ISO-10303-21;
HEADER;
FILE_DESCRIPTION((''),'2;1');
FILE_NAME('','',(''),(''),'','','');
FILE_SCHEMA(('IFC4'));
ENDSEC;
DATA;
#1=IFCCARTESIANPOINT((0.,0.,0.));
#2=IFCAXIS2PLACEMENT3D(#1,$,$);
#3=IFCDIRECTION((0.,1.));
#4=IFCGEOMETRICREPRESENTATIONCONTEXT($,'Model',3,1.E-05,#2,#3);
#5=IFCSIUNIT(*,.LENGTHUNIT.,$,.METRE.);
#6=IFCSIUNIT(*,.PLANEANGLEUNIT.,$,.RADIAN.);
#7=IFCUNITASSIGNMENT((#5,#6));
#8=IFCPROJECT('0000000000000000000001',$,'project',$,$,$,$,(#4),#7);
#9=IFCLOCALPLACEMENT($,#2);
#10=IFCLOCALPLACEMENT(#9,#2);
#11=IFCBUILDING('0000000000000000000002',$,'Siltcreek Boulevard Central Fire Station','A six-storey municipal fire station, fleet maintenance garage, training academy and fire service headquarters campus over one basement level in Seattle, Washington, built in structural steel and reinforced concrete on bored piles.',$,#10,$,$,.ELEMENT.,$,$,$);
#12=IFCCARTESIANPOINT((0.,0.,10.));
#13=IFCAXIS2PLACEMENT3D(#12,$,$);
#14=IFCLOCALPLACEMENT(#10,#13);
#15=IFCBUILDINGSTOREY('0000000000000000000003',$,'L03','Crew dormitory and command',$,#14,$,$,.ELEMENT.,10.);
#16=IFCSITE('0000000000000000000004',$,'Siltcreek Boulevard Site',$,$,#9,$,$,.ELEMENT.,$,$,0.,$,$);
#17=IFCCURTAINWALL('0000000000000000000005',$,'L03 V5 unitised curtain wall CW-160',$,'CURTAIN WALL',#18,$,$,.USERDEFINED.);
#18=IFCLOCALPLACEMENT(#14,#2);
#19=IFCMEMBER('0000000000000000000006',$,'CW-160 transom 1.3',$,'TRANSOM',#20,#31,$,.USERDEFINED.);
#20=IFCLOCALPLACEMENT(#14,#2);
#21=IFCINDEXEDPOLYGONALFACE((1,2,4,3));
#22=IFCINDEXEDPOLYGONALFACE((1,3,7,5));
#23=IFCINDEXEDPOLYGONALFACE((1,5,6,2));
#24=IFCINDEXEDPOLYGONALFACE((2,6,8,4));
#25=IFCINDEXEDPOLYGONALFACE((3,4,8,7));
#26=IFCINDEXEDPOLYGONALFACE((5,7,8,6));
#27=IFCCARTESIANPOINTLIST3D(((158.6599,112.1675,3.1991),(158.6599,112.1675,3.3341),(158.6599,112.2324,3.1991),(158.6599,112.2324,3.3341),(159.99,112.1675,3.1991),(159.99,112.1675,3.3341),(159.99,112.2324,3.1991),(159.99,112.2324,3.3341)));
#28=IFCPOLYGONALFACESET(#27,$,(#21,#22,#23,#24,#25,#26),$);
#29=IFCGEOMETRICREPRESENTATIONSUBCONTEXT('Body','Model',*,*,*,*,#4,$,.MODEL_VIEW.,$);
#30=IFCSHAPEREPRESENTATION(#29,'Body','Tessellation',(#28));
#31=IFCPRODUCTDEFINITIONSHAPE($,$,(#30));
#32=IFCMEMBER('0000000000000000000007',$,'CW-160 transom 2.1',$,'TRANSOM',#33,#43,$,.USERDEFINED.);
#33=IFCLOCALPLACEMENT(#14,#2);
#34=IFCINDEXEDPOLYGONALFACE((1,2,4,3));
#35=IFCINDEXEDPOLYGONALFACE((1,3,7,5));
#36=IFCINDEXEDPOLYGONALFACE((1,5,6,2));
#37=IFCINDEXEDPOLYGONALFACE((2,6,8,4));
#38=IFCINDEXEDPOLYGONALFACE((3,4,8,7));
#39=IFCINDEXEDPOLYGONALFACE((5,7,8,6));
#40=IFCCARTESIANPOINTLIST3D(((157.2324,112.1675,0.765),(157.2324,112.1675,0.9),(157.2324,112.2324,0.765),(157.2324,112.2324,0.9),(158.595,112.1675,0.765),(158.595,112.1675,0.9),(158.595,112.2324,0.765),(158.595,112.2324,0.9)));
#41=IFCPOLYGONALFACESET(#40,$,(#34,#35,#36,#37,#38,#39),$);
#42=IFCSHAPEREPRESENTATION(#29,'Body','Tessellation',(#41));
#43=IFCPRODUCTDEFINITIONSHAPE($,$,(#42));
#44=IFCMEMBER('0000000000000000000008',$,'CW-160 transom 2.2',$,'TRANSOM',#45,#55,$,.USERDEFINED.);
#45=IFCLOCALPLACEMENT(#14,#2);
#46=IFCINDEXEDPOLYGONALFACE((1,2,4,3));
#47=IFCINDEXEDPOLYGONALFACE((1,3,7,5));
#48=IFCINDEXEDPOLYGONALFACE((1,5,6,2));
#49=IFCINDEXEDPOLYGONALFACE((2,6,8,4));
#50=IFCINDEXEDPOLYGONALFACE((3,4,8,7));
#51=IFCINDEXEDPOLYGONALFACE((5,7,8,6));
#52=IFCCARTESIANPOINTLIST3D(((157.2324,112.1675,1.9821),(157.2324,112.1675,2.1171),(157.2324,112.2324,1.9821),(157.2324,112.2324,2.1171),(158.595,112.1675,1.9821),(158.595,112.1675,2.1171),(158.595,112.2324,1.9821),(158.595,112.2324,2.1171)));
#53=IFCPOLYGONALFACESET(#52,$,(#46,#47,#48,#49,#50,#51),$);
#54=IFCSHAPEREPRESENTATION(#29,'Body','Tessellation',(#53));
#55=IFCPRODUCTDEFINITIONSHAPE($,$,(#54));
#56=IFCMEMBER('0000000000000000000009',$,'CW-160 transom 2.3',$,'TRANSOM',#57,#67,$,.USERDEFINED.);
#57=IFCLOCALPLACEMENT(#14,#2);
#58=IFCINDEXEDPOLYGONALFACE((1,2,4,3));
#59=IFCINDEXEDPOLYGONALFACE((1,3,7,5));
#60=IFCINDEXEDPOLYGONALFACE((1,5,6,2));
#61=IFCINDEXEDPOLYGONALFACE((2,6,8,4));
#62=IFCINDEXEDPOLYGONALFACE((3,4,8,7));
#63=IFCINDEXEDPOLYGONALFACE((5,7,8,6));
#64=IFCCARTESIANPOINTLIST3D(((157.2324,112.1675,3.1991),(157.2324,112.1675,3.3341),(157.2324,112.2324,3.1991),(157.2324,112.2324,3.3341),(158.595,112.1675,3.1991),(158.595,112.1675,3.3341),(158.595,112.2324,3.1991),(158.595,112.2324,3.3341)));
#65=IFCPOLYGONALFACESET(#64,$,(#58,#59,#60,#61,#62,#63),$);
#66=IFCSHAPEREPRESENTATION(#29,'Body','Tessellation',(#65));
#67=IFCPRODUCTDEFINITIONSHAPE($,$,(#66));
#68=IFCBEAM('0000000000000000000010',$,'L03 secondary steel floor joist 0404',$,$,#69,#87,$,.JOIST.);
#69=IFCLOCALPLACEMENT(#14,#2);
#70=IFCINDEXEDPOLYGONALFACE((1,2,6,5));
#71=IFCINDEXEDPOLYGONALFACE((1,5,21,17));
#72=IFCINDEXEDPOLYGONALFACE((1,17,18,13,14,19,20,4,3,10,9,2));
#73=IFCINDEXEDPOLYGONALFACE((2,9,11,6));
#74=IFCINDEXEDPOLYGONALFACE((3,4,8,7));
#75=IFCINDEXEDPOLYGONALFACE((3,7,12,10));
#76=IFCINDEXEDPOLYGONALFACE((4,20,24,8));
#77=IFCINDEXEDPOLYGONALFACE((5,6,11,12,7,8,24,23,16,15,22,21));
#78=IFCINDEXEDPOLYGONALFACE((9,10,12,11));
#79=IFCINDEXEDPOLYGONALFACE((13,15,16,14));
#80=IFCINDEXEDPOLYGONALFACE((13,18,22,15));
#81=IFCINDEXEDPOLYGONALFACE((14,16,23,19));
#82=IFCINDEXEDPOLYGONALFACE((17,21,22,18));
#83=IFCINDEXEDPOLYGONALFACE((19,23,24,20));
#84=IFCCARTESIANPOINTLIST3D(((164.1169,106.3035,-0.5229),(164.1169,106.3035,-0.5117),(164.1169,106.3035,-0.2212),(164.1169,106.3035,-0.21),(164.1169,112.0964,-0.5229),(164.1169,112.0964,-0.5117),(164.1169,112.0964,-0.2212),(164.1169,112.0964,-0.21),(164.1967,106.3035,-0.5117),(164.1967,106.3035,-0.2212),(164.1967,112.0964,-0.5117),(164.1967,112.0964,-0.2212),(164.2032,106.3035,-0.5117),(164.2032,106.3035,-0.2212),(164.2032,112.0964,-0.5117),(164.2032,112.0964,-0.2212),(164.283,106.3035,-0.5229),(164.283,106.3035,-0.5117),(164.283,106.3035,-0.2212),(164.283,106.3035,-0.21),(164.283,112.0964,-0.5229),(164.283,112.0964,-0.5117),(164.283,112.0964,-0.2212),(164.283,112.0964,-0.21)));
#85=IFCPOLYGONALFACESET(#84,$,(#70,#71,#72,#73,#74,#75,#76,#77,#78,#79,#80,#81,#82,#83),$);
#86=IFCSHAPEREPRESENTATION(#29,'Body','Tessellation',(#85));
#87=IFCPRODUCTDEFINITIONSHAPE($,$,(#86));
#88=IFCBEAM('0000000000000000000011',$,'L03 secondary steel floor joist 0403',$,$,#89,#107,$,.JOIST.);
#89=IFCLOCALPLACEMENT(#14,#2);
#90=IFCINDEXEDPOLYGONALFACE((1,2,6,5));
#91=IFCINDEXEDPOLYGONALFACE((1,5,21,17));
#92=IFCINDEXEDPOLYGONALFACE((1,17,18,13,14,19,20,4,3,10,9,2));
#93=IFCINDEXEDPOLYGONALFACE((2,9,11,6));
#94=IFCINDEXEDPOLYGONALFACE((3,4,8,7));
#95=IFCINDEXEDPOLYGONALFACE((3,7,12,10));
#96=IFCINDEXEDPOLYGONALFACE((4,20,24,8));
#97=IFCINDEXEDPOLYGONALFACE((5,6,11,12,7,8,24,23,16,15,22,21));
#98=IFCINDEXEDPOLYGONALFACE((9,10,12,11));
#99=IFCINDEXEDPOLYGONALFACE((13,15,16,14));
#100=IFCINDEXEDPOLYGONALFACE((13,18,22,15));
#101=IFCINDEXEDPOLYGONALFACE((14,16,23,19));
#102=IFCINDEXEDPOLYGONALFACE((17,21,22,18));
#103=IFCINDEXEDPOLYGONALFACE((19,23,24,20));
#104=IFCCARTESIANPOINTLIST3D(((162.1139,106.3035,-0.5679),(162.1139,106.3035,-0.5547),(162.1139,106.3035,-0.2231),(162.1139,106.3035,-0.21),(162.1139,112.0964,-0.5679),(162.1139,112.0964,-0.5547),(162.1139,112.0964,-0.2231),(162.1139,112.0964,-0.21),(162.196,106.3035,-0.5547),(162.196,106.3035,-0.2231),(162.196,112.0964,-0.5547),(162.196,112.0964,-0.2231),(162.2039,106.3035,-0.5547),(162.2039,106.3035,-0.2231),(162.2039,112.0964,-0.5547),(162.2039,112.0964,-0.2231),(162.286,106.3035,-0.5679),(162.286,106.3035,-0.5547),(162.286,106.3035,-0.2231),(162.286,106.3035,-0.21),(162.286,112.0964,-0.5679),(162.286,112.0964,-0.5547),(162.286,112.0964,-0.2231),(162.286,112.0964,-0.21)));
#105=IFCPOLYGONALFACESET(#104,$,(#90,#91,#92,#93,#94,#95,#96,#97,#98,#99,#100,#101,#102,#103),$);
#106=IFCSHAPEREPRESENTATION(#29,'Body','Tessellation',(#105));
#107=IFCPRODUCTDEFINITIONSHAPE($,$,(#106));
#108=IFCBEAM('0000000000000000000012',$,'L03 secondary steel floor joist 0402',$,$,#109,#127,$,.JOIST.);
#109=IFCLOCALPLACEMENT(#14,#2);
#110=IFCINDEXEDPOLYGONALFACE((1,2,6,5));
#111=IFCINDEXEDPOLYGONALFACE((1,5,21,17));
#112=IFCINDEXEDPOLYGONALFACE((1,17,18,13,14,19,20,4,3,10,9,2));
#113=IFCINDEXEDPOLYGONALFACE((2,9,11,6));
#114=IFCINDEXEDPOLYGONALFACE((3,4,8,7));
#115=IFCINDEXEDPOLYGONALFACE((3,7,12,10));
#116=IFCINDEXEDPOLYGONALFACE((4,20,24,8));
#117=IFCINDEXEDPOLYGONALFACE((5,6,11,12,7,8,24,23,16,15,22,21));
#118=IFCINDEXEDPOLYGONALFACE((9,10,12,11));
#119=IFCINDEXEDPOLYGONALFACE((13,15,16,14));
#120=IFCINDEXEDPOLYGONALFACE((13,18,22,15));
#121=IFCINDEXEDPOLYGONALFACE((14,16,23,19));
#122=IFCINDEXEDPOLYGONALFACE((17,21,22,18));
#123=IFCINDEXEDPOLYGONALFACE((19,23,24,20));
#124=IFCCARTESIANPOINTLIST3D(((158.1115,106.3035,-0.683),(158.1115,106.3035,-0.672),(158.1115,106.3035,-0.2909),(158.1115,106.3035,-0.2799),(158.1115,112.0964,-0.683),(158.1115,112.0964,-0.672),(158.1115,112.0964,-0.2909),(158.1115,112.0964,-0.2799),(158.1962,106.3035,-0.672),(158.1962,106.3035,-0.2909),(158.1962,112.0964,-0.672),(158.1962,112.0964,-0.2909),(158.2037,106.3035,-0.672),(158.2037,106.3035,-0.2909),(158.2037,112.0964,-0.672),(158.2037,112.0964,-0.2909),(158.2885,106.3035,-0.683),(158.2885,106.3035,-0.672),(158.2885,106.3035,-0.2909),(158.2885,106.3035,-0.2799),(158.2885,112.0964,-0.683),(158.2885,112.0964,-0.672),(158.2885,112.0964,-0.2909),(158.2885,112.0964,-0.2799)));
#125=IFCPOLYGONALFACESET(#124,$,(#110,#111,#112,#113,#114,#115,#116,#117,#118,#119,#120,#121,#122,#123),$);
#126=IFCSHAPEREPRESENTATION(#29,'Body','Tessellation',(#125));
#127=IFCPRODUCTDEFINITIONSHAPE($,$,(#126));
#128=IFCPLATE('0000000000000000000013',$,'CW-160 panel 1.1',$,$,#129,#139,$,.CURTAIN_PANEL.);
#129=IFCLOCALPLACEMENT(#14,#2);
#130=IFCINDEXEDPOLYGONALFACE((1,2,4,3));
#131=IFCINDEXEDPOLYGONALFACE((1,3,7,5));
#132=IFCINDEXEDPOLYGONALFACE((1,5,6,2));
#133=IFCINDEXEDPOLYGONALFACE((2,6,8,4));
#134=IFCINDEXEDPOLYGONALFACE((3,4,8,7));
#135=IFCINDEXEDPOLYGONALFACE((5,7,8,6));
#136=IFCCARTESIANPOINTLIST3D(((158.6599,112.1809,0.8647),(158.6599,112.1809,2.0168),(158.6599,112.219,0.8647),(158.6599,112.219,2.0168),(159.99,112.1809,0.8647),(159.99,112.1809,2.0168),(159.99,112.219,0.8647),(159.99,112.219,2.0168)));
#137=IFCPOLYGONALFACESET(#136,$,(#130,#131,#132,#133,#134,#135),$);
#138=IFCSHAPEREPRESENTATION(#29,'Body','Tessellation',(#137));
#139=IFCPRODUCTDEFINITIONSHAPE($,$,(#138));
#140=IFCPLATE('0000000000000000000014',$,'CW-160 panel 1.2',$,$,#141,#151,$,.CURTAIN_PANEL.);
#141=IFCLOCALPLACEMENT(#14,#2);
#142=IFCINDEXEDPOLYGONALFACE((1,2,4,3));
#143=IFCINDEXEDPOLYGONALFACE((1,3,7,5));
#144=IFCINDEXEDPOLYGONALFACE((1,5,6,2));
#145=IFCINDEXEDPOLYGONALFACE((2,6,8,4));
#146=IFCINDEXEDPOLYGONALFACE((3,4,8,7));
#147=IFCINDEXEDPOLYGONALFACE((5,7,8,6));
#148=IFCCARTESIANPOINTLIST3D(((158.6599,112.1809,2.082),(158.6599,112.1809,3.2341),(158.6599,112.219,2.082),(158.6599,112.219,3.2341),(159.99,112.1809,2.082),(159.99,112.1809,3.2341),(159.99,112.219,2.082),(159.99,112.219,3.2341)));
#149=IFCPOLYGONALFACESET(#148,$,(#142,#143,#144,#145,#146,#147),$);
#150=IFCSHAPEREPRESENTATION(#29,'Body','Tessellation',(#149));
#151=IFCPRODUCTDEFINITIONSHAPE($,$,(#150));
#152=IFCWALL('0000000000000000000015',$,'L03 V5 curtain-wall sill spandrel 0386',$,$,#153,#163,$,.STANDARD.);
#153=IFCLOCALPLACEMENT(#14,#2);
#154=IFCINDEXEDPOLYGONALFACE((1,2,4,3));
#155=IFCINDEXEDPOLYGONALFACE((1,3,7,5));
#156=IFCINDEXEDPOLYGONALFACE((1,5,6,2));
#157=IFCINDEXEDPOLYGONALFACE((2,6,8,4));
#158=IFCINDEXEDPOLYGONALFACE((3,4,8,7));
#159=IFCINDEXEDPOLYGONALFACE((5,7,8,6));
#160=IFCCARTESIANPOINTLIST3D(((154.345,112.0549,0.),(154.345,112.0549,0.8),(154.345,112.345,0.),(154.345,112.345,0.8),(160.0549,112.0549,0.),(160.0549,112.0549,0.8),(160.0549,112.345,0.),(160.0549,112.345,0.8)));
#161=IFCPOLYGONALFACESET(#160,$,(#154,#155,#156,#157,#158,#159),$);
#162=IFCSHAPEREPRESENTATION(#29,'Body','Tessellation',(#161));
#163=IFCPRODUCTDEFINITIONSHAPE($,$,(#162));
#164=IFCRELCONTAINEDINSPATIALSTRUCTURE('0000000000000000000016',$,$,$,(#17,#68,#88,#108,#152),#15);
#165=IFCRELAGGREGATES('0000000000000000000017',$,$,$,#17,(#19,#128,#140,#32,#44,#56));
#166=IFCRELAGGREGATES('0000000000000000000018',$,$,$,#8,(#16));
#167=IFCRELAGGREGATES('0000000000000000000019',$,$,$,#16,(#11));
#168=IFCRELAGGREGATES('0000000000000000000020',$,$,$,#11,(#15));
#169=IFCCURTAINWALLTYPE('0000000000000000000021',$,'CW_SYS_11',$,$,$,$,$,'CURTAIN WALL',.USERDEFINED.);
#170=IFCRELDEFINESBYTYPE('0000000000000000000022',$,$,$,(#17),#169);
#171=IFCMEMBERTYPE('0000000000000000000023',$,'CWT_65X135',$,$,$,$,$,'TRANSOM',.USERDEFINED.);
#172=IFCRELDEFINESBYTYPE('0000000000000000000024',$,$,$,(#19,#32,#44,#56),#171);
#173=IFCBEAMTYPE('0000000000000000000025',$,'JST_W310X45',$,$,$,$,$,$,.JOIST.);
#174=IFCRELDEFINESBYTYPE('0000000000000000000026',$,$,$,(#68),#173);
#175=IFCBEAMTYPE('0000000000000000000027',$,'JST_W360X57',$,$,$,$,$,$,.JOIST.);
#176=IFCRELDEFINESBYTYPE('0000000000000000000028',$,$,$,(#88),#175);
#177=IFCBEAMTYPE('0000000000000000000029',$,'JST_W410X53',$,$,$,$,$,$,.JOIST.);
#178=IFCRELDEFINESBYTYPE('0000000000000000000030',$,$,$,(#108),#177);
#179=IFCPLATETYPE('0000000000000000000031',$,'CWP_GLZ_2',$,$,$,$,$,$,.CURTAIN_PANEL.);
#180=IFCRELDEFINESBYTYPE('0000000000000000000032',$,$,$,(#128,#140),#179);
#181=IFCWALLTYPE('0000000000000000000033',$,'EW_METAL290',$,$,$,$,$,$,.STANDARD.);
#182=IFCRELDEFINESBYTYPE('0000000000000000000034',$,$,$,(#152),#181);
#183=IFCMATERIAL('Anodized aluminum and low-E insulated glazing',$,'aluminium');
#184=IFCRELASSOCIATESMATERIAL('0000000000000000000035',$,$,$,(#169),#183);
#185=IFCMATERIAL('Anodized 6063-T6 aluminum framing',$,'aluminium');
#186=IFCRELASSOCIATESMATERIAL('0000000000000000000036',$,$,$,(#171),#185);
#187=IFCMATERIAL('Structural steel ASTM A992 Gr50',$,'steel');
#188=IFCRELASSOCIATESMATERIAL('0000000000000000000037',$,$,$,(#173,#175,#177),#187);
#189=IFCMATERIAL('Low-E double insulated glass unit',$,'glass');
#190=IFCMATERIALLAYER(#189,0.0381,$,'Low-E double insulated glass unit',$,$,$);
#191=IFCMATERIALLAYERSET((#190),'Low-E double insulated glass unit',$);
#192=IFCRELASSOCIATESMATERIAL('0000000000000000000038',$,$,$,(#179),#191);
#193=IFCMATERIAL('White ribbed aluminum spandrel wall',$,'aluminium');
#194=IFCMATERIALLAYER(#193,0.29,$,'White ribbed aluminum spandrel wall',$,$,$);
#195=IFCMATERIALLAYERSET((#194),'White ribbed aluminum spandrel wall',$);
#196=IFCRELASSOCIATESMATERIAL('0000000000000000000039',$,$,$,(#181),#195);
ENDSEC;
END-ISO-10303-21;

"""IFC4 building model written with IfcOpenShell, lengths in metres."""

from ifc_helpers import new_model, si_unit, direction, frame, frame_2d, origin, origin_2d, place, context, subcontext, project, spatial, rectangle, i_section, extrude, material, layer, layer_set, material_profile, profile_set, type_object, element, aggregate, save


model = new_model("IFC4")

# Units and contexts
model_context = context("Model", 3, precision=1e-05, world=origin(), true_north=direction((0.0, 1.0)))
body_context = subcontext(model_context, "Body", "Model", "MODEL_VIEW")
ifc_project = project(units=[si_unit("LENGTHUNIT", "METRE"), si_unit("PLANEANGLEUNIT", "RADIAN")], contexts=[model_context])

# Site, building, storey
site_placement = place(None, origin())
site = spatial("IfcSite", under=ifc_project, at=site_placement, Name="Siltcreek Boulevard Site", CompositionType="ELEMENT", RefElevation=0.0)
building_placement = place(site_placement, origin())
building = spatial("IfcBuilding", under=site, at=building_placement, Name="Siltcreek Boulevard Central Fire Station", Description="A six-storey municipal fire station, fleet maintenance garage, training academy and fire service headquarters campus over one basement level in Seattle, Washington, built in structural steel and reinforced concrete on bored piles.", CompositionType="ELEMENT")
storey_placement = place(building_placement, frame((0.0, 0.0, 10.0)))
storey = spatial("IfcBuildingStorey", under=building, at=storey_placement, Name="L03", Description="Crew dormitory and command", CompositionType="ELEMENT", Elevation=10.0)

# Shared definitions
ifc_material_1 = material(Name="Structural steel ASTM A992 Gr50", Category="steel")

# Curtain wall, members
ifc_material_2 = material(Name="Anodized aluminum and low-E insulated glazing", Category="aluminium")
curtain_wall_type = type_object("IfcCurtainWallType", Name="CW_SYS_11", ElementType="CURTAIN WALL", PredefinedType="USERDEFINED", material=ifc_material_2)
curtain_wall_placement = place(storey_placement, origin())
curtain_wall = element("IfcCurtainWall", 1, at=curtain_wall_placement, inside=storey, type_object=curtain_wall_type, Name="L03 V5 unitised curtain wall CW-160", ObjectType="CURTAIN WALL", PredefinedType="USERDEFINED")
ifc_material_3 = material(Name="Anodized 6063-T6 aluminum framing", Category="aluminium")
ifc_material_profile_1 = material_profile(ifc_material_3, rectangle(XDim=0.0649, YDim=0.135, at=origin_2d()), Name="TRAN65X135")
ifc_profile_set_1 = profile_set([ifc_material_profile_1], Name="Anodized 6063-T6 aluminum framing")
member_type_1 = type_object("IfcMemberType", Name="CWT_65X135", ElementType="TRANSOM", PredefinedType="USERDEFINED", material=ifc_profile_set_1)
member_1_placement = place(storey_placement, frame((159.99, 112.2, 3.2666), z_axis=(-1.0, 0.0, 0.0), x_axis=(0.0, -1.0, 0.0)))
member_1 = element("IfcMember", 2, at=member_1_placement, type_object=member_type_1, Name="CW-160 transom 1.3", ObjectType="TRANSOM", PredefinedType="USERDEFINED", context=body_context, shape_type="SweptSolid", body=[
    extrude(rectangle(XDim=0.0649, YDim=0.135, at=origin_2d()), origin(), (0.0, 0.0, 1.0), 1.3301),
])
member_2_placement = place(storey_placement, frame((158.595, 112.2, 0.8325), z_axis=(-1.0, 0.0, 0.0), x_axis=(0.0, -1.0, 0.0)))
member_2 = element("IfcMember", 3, at=member_2_placement, type_object=member_type_1, Name="CW-160 transom 2.1", ObjectType="TRANSOM", PredefinedType="USERDEFINED", context=body_context, shape_type="SweptSolid", body=[
    extrude(rectangle(XDim=0.0649, YDim=0.135, at=origin_2d()), origin(), (0.0, 0.0, 1.0), 1.3625),
])
member_3_placement = place(storey_placement, frame((158.595, 112.2, 2.0496), z_axis=(-1.0, 0.0, 0.0), x_axis=(0.0, -1.0, 0.0)))
member_3 = element("IfcMember", 4, at=member_3_placement, type_object=member_type_1, Name="CW-160 transom 2.2", ObjectType="TRANSOM", PredefinedType="USERDEFINED", context=body_context, shape_type="SweptSolid", body=[
    extrude(rectangle(XDim=0.0649, YDim=0.135, at=origin_2d()), origin(), (0.0, 0.0, 1.0), 1.3625),
])
member_4_placement = place(storey_placement, frame((158.595, 112.2, 3.2666), z_axis=(-1.0, 0.0, 0.0), x_axis=(0.0, -1.0, 0.0)))
member_4 = element("IfcMember", 5, at=member_4_placement, type_object=member_type_1, Name="CW-160 transom 2.3", ObjectType="TRANSOM", PredefinedType="USERDEFINED", context=body_context, shape_type="SweptSolid", body=[
    extrude(rectangle(XDim=0.0649, YDim=0.135, at=origin_2d()), origin(), (0.0, 0.0, 1.0), 1.3625),
])

# Beams
ifc_material_profile_2 = material_profile(ifc_material_1, i_section(OverallWidth=0.166, OverallDepth=0.313, WebThickness=0.0066, FlangeThickness=0.0112, at=origin_2d()), Name="W310X45")
ifc_profile_set_2 = profile_set([ifc_material_profile_2], Name="Structural steel ASTM A992 Gr50")
beam_type_1 = type_object("IfcBeamType", Name="JST_W310X45", PredefinedType="JOIST", material=ifc_profile_set_2)
beam_1_placement = place(storey_placement, frame((164.2, 106.3035, -0.3665), z_axis=(0.0, 1.0, 0.0), x_axis=(-1.0, 0.0, 0.0)))
element("IfcBeam", 6, at=beam_1_placement, inside=storey, type_object=beam_type_1, Name="L03 secondary steel floor joist 0404", PredefinedType="JOIST", context=body_context, shape_type="SweptSolid", body=[
    extrude(i_section(OverallWidth=0.166, OverallDepth=0.313, WebThickness=0.0066, FlangeThickness=0.0112, at=origin_2d()), origin(), (0.0, 0.0, 1.0), 5.793),
])
ifc_material_profile_3 = material_profile(ifc_material_1, i_section(OverallWidth=0.1721, OverallDepth=0.3579, WebThickness=0.0078, FlangeThickness=0.0132, at=origin_2d()), Name="W360X57")
ifc_profile_set_3 = profile_set([ifc_material_profile_3], Name="Structural steel ASTM A992 Gr50")
beam_type_2 = type_object("IfcBeamType", Name="JST_W360X57", PredefinedType="JOIST", material=ifc_profile_set_3)
beam_2_placement = place(storey_placement, frame((162.2, 106.3035, -0.3889), z_axis=(0.0, 1.0, 0.0), x_axis=(-1.0, 0.0, 0.0)))
element("IfcBeam", 7, at=beam_2_placement, inside=storey, type_object=beam_type_2, Name="L03 secondary steel floor joist 0403", PredefinedType="JOIST", context=body_context, shape_type="SweptSolid", body=[
    extrude(i_section(OverallWidth=0.1721, OverallDepth=0.3579, WebThickness=0.0078, FlangeThickness=0.0132, at=origin_2d()), origin(), (0.0, 0.0, 1.0), 5.793),
])
ifc_material_profile_4 = material_profile(ifc_material_1, i_section(OverallWidth=0.177, OverallDepth=0.4031, WebThickness=0.0076, FlangeThickness=0.011, at=origin_2d()), Name="W410X53")
ifc_profile_set_4 = profile_set([ifc_material_profile_4], Name="Structural steel ASTM A992 Gr50")
beam_type_3 = type_object("IfcBeamType", Name="JST_W410X53", PredefinedType="JOIST", material=ifc_profile_set_4)
beam_3_placement = place(storey_placement, frame((158.2, 106.3035, -0.4814), z_axis=(0.0, 1.0, 0.0), x_axis=(-1.0, 0.0, 0.0)))
element("IfcBeam", 8, at=beam_3_placement, inside=storey, type_object=beam_type_3, Name="L03 secondary steel floor joist 0402", PredefinedType="JOIST", context=body_context, shape_type="SweptSolid", body=[
    extrude(i_section(OverallWidth=0.177, OverallDepth=0.4031, WebThickness=0.0076, FlangeThickness=0.011, at=origin_2d()), origin(), (0.0, 0.0, 1.0), 5.793),
])

# Plates
ifc_material_4 = material(Name="Low-E double insulated glass unit", Category="glass")
ifc_layer_1 = layer(ifc_material_4, 0.0381, Name="Low-E double insulated glass unit")
ifc_layer_set_1 = layer_set([ifc_layer_1], Name="Low-E double insulated glass unit")
plate_type = type_object("IfcPlateType", Name="CWP_GLZ_2", PredefinedType="CURTAIN_PANEL", material=ifc_layer_set_1)
plate_1_placement = place(storey_placement, frame((159.325, 112.2, 0.8647), z_axis=(0.0, 0.0, 1.0), x_axis=(-1.0, 0.0, 0.0)))
plate_1 = element("IfcPlate", 9, at=plate_1_placement, type_object=plate_type, Name="CW-160 panel 1.1", PredefinedType="CURTAIN_PANEL", context=body_context, shape_type="SweptSolid", body=[
    extrude(rectangle(XDim=1.3301, YDim=0.0381, at=origin_2d()), origin(), (0.0, 0.0, 1.0), 1.1521),
])
plate_2_placement = place(storey_placement, frame((159.325, 112.2, 2.082), z_axis=(0.0, 0.0, 1.0), x_axis=(-1.0, 0.0, 0.0)))
plate_2 = element("IfcPlate", 10, at=plate_2_placement, type_object=plate_type, Name="CW-160 panel 1.2", PredefinedType="CURTAIN_PANEL", context=body_context, shape_type="SweptSolid", body=[
    extrude(rectangle(XDim=1.3301, YDim=0.0381, at=origin_2d()), origin(), (0.0, 0.0, 1.0), 1.1521),
])
aggregate(curtain_wall, [member_1, plate_1, plate_2, member_2, member_3, member_4])

# Wall
ifc_material_5 = material(Name="White ribbed aluminum spandrel wall", Category="aluminium")
ifc_layer_2 = layer(ifc_material_5, 0.29, Name="White ribbed aluminum spandrel wall")
ifc_layer_set_2 = layer_set([ifc_layer_2], Name="White ribbed aluminum spandrel wall")
wall_type_1 = type_object("IfcWallType", Name="EW_METAL290", PredefinedType="STANDARD", material=ifc_layer_set_2)
wall_1_placement = place(storey_placement, frame((160.0549, 112.2, 0.0), z_axis=(0.0, 0.0, 1.0), x_axis=(-1.0, 0.0, 0.0)))
element("IfcWall", 11, at=wall_1_placement, inside=storey, type_object=wall_type_1, Name="L03 V5 curtain-wall sill spandrel 0386", PredefinedType="STANDARD", context=body_context, shape_type="SweptSolid", body=[
    extrude(rectangle(XDim=5.71, YDim=0.29, at=frame_2d((2.855, 0.0))), origin(), (0.0, 0.0, 1.0), 0.8),
])

save(model, "model.ifc")
